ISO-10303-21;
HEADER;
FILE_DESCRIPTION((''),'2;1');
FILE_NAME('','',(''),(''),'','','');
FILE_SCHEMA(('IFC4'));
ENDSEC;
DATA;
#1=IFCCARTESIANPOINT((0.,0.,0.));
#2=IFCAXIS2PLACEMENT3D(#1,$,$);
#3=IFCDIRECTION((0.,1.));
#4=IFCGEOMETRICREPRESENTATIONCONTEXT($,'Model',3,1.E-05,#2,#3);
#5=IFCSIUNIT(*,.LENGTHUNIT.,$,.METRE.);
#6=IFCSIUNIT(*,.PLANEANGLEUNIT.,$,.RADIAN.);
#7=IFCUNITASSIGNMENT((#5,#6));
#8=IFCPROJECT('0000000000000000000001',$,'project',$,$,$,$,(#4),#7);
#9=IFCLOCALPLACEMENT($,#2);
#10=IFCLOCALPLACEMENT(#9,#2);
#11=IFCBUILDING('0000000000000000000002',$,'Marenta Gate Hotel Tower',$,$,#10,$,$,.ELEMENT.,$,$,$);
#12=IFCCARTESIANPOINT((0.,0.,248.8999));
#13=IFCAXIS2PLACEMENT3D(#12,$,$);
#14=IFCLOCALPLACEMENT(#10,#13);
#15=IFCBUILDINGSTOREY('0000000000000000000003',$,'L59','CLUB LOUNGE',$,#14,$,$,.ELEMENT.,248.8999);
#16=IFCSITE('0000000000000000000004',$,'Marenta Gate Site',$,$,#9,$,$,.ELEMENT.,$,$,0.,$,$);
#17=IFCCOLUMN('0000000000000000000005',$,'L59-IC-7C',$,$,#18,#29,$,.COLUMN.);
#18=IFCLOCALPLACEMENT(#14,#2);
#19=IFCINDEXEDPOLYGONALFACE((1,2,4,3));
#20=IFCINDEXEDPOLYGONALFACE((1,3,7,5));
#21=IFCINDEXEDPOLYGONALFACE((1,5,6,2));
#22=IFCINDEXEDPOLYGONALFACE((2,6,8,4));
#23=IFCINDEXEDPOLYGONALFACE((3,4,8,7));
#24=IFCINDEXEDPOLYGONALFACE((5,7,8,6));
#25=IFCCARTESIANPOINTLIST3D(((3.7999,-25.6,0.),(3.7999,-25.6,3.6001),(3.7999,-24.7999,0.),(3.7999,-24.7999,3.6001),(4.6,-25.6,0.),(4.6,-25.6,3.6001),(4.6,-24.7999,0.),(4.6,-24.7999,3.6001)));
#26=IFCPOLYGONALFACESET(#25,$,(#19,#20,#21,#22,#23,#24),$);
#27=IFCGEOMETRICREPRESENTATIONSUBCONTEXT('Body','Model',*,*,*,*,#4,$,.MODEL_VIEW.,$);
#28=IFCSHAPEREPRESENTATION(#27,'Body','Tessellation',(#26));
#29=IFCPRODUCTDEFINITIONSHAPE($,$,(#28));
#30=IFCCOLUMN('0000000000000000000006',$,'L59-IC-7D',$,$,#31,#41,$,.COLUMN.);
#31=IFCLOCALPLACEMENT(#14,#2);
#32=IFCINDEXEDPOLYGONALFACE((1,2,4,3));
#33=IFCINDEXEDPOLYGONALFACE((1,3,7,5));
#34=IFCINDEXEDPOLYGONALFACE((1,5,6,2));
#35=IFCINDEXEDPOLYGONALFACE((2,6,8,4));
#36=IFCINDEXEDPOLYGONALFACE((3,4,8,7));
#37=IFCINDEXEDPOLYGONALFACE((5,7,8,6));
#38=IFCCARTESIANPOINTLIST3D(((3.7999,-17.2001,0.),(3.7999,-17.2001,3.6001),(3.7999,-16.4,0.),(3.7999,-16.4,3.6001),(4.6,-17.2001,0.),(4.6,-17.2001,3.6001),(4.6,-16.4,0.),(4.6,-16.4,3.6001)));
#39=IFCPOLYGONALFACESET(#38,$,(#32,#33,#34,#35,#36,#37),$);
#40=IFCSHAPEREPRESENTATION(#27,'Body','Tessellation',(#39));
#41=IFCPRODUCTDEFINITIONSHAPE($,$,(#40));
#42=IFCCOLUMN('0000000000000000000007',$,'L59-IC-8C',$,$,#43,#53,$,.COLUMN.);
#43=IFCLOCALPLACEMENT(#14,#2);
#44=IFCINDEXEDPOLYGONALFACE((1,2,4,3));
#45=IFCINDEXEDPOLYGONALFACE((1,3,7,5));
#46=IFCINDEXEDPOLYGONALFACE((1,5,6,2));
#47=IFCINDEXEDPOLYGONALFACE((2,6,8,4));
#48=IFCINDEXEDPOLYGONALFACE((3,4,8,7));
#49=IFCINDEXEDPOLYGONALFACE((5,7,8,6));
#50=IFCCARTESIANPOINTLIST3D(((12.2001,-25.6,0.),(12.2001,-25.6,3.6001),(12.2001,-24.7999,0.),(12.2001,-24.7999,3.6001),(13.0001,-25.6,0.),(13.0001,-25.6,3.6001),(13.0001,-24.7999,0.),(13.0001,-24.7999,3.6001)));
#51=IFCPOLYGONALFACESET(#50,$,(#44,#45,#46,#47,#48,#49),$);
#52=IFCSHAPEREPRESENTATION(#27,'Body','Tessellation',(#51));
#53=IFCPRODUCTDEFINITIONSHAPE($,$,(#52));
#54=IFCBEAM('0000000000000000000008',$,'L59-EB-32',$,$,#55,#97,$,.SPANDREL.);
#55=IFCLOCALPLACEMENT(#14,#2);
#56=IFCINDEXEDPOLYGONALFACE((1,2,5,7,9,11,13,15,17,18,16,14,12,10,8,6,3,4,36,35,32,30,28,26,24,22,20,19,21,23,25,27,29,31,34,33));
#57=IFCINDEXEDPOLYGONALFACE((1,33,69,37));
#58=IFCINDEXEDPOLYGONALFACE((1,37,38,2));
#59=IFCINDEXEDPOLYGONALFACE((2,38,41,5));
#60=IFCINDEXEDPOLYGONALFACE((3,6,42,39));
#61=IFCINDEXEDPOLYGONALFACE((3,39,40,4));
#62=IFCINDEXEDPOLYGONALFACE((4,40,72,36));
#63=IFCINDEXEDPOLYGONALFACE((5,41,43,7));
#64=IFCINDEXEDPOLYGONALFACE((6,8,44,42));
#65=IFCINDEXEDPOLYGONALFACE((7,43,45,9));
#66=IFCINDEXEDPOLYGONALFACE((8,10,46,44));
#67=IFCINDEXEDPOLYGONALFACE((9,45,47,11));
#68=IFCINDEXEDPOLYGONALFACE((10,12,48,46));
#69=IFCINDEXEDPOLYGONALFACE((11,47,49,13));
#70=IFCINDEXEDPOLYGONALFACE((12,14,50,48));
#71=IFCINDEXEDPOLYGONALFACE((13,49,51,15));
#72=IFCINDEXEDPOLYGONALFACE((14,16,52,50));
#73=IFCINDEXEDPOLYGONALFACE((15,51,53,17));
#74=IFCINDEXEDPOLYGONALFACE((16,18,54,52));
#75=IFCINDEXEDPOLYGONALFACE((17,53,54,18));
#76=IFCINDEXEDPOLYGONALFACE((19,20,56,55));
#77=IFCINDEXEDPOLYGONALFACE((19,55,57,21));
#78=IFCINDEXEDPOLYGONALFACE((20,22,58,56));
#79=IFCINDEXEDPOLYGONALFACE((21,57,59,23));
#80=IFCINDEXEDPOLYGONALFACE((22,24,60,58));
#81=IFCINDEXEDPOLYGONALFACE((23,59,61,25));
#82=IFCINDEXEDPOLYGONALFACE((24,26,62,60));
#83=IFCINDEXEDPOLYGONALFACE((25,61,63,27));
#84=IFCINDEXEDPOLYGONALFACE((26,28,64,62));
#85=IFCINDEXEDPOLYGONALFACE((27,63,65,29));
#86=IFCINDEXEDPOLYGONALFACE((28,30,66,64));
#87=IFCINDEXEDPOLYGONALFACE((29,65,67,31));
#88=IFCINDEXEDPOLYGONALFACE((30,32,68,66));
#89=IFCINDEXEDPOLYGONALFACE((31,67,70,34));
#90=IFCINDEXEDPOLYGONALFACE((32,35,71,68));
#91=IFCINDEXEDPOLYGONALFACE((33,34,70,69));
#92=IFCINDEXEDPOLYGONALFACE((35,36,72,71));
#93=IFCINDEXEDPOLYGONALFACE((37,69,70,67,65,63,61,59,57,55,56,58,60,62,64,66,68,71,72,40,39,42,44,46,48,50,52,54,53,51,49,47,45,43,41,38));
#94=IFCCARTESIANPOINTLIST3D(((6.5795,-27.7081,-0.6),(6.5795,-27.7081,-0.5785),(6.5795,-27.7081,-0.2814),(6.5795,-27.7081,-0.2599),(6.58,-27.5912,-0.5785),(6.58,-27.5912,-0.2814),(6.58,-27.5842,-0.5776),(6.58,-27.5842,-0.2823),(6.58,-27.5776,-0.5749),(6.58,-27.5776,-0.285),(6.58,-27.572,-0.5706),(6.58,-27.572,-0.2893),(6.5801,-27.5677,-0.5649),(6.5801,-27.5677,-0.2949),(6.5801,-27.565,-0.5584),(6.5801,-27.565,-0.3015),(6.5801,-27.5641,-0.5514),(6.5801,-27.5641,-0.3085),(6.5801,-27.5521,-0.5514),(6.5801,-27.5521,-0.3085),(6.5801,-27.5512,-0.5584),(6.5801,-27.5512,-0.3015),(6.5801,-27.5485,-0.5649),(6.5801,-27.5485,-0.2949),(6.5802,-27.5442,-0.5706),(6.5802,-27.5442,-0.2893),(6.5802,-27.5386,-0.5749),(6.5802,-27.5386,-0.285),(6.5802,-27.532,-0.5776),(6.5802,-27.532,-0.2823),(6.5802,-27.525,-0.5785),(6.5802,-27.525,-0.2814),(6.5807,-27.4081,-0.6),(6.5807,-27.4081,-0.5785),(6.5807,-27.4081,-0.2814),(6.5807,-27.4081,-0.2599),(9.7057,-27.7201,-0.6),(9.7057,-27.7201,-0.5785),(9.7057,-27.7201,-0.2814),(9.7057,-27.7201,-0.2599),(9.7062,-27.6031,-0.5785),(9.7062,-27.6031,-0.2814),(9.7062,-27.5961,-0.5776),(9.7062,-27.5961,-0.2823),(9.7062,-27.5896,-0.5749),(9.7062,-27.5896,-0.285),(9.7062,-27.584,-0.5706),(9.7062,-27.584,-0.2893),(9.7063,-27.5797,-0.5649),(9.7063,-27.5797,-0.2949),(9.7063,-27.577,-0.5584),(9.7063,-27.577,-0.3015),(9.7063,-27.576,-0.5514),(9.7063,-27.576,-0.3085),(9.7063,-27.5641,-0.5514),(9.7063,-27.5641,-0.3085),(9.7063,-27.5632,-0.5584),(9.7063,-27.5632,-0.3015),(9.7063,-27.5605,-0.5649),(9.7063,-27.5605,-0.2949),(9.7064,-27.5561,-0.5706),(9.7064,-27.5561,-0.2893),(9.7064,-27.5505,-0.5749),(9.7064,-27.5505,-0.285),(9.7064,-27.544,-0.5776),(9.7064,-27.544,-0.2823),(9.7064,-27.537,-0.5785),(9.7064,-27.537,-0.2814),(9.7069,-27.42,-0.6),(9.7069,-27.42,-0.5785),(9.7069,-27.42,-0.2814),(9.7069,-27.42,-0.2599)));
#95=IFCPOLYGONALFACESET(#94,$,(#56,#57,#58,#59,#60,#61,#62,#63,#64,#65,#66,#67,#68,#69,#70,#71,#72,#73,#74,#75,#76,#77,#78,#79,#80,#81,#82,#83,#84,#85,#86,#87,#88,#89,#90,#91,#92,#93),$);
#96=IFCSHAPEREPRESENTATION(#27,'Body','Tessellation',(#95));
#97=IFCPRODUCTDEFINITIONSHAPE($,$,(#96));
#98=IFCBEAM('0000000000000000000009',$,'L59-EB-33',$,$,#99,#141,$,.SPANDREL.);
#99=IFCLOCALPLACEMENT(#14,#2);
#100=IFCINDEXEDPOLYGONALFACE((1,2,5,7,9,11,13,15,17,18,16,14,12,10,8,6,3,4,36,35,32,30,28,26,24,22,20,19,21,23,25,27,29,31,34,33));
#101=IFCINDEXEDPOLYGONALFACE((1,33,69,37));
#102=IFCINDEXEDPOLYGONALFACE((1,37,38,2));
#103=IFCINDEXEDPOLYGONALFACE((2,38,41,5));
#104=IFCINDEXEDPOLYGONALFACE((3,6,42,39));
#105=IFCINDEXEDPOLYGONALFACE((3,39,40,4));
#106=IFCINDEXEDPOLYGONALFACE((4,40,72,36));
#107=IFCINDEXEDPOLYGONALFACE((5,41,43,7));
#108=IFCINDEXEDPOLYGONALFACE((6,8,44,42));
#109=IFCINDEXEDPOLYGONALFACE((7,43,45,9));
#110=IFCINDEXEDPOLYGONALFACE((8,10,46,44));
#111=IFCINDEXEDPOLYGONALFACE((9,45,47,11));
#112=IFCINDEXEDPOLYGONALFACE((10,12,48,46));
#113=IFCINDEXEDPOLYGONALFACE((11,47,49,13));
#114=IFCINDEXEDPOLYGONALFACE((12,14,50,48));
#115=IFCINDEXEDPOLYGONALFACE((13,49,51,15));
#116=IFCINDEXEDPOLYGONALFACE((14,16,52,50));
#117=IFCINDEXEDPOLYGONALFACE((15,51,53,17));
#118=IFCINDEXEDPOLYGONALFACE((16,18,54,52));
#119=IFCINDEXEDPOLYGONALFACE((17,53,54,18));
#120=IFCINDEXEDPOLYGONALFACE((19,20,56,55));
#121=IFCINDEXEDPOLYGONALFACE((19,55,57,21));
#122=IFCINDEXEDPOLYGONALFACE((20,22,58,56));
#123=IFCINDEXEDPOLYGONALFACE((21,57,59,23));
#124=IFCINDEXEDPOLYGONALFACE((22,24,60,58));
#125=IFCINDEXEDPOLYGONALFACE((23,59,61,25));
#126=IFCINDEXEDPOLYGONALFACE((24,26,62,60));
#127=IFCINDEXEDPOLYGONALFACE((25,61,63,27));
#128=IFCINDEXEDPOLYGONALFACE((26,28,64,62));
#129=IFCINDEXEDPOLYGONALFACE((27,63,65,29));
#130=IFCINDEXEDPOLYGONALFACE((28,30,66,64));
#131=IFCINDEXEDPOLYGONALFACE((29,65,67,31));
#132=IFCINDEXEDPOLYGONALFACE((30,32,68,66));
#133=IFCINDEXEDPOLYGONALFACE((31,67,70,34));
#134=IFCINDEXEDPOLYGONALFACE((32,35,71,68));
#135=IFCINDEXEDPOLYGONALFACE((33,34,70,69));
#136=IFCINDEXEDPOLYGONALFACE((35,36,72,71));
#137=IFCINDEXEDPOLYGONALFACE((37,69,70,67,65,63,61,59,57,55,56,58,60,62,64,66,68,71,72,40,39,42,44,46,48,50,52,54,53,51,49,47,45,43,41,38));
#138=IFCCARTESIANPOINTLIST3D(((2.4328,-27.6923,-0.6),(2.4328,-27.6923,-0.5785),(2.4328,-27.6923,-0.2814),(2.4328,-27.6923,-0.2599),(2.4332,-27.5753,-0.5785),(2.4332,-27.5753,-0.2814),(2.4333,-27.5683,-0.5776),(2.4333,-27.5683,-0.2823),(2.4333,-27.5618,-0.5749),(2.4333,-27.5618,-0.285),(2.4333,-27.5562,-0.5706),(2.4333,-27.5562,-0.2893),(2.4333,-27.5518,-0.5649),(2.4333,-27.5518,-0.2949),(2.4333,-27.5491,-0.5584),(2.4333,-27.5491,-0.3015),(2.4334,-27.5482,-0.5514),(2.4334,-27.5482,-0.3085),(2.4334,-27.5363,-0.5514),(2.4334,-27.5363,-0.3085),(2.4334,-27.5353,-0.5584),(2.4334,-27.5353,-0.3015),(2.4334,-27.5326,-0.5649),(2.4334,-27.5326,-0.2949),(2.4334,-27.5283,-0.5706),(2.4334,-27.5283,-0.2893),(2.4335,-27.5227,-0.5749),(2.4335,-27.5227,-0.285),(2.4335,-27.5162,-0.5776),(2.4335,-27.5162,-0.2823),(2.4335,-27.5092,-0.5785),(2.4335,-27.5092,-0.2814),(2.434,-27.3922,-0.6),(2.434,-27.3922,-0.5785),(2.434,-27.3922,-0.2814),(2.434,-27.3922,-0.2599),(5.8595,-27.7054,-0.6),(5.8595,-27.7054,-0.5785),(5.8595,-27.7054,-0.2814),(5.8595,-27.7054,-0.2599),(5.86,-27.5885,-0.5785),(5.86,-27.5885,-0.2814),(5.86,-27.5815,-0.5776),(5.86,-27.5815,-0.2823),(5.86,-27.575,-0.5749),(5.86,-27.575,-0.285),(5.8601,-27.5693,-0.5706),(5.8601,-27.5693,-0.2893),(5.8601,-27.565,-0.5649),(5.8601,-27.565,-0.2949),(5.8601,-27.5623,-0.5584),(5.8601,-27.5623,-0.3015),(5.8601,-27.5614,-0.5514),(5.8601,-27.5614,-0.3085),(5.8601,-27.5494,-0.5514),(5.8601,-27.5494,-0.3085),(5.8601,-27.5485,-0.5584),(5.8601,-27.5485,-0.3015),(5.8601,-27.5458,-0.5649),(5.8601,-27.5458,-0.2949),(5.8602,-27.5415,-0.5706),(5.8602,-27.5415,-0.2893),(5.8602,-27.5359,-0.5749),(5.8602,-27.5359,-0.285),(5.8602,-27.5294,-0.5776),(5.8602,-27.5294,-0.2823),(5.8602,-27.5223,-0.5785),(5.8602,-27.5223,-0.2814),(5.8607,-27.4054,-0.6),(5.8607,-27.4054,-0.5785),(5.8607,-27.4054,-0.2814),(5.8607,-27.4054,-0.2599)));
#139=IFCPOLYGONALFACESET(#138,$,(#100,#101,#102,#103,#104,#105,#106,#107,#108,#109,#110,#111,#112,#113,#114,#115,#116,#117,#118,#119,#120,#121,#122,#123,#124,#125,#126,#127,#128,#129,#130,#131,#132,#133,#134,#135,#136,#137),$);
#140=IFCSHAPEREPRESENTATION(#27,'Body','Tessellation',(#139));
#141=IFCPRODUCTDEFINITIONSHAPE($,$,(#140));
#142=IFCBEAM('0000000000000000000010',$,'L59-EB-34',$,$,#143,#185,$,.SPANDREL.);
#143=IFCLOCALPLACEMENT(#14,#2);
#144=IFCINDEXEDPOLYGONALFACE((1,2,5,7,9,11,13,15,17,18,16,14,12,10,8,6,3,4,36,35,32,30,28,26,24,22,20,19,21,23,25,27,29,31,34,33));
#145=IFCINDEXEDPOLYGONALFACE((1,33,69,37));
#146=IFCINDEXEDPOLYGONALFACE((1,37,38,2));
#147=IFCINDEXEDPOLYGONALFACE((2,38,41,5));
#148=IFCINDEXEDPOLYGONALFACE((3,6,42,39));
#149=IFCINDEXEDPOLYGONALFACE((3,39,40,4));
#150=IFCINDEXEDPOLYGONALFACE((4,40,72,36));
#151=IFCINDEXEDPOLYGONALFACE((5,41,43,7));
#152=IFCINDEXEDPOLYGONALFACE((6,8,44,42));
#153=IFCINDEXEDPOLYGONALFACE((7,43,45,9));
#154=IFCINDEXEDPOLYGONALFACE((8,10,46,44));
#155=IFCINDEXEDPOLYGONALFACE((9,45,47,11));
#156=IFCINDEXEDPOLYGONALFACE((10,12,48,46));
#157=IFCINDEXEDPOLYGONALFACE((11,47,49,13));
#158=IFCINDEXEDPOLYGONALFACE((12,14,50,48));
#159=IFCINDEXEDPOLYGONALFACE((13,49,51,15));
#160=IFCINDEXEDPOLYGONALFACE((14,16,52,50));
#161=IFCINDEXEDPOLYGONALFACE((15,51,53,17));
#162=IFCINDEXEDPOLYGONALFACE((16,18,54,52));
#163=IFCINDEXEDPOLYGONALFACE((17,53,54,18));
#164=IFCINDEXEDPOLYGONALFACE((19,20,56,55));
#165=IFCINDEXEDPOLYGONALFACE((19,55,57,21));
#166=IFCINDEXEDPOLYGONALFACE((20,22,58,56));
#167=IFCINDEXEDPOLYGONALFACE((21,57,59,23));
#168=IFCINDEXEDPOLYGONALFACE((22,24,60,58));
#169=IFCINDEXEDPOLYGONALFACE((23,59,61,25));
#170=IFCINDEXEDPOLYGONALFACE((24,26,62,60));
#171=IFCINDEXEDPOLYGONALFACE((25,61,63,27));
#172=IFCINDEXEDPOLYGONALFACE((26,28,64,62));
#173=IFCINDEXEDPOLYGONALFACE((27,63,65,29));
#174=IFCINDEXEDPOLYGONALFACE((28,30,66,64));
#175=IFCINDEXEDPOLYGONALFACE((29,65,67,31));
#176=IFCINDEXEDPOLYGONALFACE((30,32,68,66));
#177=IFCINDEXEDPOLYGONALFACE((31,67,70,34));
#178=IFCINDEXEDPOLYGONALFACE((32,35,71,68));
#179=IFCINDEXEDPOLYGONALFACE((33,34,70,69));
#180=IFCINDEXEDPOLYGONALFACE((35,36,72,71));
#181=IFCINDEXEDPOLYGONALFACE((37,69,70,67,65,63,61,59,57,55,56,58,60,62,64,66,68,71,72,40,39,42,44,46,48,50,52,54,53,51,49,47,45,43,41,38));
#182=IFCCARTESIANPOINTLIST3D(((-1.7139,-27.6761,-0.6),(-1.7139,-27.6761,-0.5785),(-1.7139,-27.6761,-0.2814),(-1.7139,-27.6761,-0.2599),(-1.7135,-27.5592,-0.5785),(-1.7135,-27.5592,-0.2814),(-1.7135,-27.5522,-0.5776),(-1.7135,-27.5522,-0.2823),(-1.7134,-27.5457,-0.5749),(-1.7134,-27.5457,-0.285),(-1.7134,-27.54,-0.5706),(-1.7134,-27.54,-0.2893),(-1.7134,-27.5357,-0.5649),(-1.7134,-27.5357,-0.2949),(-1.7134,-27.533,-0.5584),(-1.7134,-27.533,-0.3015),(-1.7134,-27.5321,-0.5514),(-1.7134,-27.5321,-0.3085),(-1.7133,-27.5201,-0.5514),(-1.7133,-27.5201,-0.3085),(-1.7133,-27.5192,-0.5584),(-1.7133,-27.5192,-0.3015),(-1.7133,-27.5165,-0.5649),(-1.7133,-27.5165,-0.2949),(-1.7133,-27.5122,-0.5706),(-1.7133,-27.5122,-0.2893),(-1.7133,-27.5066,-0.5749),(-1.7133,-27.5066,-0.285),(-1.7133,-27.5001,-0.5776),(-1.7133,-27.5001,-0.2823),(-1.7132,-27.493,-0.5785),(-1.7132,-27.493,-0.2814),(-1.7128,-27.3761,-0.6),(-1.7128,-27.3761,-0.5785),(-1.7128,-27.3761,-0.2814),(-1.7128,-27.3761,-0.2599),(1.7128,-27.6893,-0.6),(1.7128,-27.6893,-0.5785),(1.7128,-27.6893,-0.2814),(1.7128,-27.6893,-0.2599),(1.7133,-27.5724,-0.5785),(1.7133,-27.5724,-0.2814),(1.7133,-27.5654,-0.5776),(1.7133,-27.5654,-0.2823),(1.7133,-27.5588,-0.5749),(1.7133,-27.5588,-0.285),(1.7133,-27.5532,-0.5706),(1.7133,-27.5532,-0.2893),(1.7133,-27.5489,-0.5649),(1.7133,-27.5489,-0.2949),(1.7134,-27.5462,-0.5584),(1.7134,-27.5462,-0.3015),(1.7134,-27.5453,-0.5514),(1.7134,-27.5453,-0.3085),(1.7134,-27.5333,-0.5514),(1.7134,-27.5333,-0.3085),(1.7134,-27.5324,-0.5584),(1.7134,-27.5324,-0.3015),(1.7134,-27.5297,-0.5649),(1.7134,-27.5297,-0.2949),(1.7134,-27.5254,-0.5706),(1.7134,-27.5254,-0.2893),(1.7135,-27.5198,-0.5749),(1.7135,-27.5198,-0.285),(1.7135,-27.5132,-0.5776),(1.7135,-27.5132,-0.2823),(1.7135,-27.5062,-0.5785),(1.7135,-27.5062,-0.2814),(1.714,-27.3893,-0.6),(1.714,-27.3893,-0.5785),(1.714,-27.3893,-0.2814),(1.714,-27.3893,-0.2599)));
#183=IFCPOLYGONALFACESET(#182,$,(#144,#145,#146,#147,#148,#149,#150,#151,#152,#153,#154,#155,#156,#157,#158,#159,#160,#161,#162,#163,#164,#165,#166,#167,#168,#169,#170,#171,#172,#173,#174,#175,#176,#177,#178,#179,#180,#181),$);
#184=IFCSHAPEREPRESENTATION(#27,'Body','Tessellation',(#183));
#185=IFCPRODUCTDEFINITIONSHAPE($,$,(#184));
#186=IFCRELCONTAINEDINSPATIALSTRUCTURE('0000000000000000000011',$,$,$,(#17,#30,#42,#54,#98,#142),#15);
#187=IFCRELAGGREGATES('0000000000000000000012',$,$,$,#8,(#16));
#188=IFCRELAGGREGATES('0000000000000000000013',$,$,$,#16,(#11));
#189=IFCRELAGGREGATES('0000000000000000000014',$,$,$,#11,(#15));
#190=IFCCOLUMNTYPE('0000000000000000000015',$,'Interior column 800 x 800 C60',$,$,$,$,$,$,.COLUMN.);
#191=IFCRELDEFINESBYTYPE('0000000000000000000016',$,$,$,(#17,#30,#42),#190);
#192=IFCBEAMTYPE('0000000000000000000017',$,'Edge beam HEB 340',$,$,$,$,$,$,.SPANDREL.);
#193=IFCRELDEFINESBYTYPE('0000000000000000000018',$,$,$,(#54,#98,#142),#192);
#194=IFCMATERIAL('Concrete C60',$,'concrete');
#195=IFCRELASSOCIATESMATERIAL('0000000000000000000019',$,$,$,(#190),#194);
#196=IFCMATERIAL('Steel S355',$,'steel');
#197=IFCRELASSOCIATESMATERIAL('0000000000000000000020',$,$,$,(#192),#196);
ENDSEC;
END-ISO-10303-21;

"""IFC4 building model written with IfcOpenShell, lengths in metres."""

from ifc_helpers import new_model, si_unit, direction, frame, origin, origin_2d, place, context, subcontext, project, spatial, rectangle, i_section, extrude, material, material_profile, profile_set, type_object, element, save


model = new_model("IFC4")

# Units and contexts
model_context = context("Model", 3, precision=1e-05, world=origin(), true_north=direction((0.0, 1.0)))
body_context = subcontext(model_context, "Body", "Model", "MODEL_VIEW")
ifc_project = project(units=[si_unit("LENGTHUNIT", "METRE"), si_unit("PLANEANGLEUNIT", "RADIAN")], contexts=[model_context])

# Site, building, storey
site_placement = place(None, origin())
site = spatial("IfcSite", under=ifc_project, at=site_placement, Name="Marenta Gate Site", CompositionType="ELEMENT", RefElevation=0.0)
building_placement = place(site_placement, origin())
building = spatial("IfcBuilding", under=site, at=building_placement, Name="Marenta Gate Hotel Tower", CompositionType="ELEMENT")
storey_placement = place(building_placement, frame((0.0, 0.0, 248.8999)))
storey = spatial("IfcBuildingStorey", under=building, at=storey_placement, Name="L59", Description="CLUB LOUNGE", CompositionType="ELEMENT", Elevation=248.8999)

# Columns
ifc_material_1 = material(Name="Concrete C60", Category="concrete")
ifc_material_profile_1 = material_profile(ifc_material_1, rectangle(XDim=0.8, YDim=0.8, at=origin_2d()), Name="800 x 800")
ifc_profile_set_1 = profile_set([ifc_material_profile_1], Name="Concrete C60")
column_type = type_object("IfcColumnType", Name="Interior column 800 x 800 C60", PredefinedType="COLUMN", material=ifc_profile_set_1)
for number, where, z_axis, x_axis, name in (
    (1, (4.2, -25.2, 0.0), (0.0, 0.0, 1.0), (1.0, 0.0, 0.0), "L59-IC-7C"),
    (2, (4.2, -16.8, 0.0), (0.0, 0.0, 1.0), (1.0, 0.0, 0.0), "L59-IC-7D"),
    (3, (12.6001, -25.2, 0.0), (0.0, 0.0, 1.0), (1.0, 0.0, 0.0), "L59-IC-8C"),
):
    element("IfcColumn", number, at=place(storey_placement, frame(where, z_axis=z_axis, x_axis=x_axis)), inside=storey, type_object=column_type, Name=name, PredefinedType="COLUMN", context=body_context, shape_type="SweptSolid", body=[
        extrude(rectangle(XDim=0.8, YDim=0.8, at=origin_2d()), origin(), (0.0, 0.0, 1.0), 3.6001),
    ])

# Beams
ifc_material_2 = material(Name="Steel S355", Category="steel")
ifc_material_profile_2 = material_profile(ifc_material_2, i_section(OverallWidth=0.3, OverallDepth=0.3401, WebThickness=0.012, FlangeThickness=0.0215, FilletRadius=0.0271, at=origin_2d()), Name="HEB 340")
ifc_profile_set_2 = profile_set([ifc_material_profile_2], Name="Steel S355")
beam_type_1 = type_object("IfcBeamType", Name="Edge beam HEB 340", PredefinedType="SPANDREL", material=ifc_profile_set_2)
beam_1_placement = place(storey_placement, frame((9.7063, -27.5701, -0.4299), z_axis=(-0.999993, 0.003827, 0.0), x_axis=(-0.003827, -0.999993, 0.0)))
element("IfcBeam", 4, at=beam_1_placement, inside=storey, type_object=beam_type_1, Name="L59-EB-32", PredefinedType="SPANDREL", context=body_context, shape_type="SweptSolid", body=[
    extrude(i_section(OverallWidth=0.3, OverallDepth=0.3401, WebThickness=0.012, FlangeThickness=0.0215, FilletRadius=0.0271, at=origin_2d()), origin(), (0.0, 0.0, 1.0), 3.1262),
])
for number, where, z_axis, x_axis, name in (
    (5, (5.8601, -27.5554, -0.4299), (-0.999993, 0.003847, 0.0), (-0.003847, -0.999993, 0.0), "L59-EB-33"),
    (6, (1.7134, -27.5393, -0.4299), (-0.999993, 0.003847, 0.0), (-0.003847, -0.999993, 0.0), "L59-EB-34"),
):
    element("IfcBeam", number, at=place(storey_placement, frame(where, z_axis=z_axis, x_axis=x_axis)), inside=storey, type_object=beam_type_1, Name=name, PredefinedType="SPANDREL", context=body_context, shape_type="SweptSolid", body=[
        extrude(i_section(OverallWidth=0.3, OverallDepth=0.3401, WebThickness=0.012, FlangeThickness=0.0215, FilletRadius=0.0271, at=origin_2d()), origin(), (0.0, 0.0, 1.0), 3.4268),
    ])

save(model, "model.ifc")
